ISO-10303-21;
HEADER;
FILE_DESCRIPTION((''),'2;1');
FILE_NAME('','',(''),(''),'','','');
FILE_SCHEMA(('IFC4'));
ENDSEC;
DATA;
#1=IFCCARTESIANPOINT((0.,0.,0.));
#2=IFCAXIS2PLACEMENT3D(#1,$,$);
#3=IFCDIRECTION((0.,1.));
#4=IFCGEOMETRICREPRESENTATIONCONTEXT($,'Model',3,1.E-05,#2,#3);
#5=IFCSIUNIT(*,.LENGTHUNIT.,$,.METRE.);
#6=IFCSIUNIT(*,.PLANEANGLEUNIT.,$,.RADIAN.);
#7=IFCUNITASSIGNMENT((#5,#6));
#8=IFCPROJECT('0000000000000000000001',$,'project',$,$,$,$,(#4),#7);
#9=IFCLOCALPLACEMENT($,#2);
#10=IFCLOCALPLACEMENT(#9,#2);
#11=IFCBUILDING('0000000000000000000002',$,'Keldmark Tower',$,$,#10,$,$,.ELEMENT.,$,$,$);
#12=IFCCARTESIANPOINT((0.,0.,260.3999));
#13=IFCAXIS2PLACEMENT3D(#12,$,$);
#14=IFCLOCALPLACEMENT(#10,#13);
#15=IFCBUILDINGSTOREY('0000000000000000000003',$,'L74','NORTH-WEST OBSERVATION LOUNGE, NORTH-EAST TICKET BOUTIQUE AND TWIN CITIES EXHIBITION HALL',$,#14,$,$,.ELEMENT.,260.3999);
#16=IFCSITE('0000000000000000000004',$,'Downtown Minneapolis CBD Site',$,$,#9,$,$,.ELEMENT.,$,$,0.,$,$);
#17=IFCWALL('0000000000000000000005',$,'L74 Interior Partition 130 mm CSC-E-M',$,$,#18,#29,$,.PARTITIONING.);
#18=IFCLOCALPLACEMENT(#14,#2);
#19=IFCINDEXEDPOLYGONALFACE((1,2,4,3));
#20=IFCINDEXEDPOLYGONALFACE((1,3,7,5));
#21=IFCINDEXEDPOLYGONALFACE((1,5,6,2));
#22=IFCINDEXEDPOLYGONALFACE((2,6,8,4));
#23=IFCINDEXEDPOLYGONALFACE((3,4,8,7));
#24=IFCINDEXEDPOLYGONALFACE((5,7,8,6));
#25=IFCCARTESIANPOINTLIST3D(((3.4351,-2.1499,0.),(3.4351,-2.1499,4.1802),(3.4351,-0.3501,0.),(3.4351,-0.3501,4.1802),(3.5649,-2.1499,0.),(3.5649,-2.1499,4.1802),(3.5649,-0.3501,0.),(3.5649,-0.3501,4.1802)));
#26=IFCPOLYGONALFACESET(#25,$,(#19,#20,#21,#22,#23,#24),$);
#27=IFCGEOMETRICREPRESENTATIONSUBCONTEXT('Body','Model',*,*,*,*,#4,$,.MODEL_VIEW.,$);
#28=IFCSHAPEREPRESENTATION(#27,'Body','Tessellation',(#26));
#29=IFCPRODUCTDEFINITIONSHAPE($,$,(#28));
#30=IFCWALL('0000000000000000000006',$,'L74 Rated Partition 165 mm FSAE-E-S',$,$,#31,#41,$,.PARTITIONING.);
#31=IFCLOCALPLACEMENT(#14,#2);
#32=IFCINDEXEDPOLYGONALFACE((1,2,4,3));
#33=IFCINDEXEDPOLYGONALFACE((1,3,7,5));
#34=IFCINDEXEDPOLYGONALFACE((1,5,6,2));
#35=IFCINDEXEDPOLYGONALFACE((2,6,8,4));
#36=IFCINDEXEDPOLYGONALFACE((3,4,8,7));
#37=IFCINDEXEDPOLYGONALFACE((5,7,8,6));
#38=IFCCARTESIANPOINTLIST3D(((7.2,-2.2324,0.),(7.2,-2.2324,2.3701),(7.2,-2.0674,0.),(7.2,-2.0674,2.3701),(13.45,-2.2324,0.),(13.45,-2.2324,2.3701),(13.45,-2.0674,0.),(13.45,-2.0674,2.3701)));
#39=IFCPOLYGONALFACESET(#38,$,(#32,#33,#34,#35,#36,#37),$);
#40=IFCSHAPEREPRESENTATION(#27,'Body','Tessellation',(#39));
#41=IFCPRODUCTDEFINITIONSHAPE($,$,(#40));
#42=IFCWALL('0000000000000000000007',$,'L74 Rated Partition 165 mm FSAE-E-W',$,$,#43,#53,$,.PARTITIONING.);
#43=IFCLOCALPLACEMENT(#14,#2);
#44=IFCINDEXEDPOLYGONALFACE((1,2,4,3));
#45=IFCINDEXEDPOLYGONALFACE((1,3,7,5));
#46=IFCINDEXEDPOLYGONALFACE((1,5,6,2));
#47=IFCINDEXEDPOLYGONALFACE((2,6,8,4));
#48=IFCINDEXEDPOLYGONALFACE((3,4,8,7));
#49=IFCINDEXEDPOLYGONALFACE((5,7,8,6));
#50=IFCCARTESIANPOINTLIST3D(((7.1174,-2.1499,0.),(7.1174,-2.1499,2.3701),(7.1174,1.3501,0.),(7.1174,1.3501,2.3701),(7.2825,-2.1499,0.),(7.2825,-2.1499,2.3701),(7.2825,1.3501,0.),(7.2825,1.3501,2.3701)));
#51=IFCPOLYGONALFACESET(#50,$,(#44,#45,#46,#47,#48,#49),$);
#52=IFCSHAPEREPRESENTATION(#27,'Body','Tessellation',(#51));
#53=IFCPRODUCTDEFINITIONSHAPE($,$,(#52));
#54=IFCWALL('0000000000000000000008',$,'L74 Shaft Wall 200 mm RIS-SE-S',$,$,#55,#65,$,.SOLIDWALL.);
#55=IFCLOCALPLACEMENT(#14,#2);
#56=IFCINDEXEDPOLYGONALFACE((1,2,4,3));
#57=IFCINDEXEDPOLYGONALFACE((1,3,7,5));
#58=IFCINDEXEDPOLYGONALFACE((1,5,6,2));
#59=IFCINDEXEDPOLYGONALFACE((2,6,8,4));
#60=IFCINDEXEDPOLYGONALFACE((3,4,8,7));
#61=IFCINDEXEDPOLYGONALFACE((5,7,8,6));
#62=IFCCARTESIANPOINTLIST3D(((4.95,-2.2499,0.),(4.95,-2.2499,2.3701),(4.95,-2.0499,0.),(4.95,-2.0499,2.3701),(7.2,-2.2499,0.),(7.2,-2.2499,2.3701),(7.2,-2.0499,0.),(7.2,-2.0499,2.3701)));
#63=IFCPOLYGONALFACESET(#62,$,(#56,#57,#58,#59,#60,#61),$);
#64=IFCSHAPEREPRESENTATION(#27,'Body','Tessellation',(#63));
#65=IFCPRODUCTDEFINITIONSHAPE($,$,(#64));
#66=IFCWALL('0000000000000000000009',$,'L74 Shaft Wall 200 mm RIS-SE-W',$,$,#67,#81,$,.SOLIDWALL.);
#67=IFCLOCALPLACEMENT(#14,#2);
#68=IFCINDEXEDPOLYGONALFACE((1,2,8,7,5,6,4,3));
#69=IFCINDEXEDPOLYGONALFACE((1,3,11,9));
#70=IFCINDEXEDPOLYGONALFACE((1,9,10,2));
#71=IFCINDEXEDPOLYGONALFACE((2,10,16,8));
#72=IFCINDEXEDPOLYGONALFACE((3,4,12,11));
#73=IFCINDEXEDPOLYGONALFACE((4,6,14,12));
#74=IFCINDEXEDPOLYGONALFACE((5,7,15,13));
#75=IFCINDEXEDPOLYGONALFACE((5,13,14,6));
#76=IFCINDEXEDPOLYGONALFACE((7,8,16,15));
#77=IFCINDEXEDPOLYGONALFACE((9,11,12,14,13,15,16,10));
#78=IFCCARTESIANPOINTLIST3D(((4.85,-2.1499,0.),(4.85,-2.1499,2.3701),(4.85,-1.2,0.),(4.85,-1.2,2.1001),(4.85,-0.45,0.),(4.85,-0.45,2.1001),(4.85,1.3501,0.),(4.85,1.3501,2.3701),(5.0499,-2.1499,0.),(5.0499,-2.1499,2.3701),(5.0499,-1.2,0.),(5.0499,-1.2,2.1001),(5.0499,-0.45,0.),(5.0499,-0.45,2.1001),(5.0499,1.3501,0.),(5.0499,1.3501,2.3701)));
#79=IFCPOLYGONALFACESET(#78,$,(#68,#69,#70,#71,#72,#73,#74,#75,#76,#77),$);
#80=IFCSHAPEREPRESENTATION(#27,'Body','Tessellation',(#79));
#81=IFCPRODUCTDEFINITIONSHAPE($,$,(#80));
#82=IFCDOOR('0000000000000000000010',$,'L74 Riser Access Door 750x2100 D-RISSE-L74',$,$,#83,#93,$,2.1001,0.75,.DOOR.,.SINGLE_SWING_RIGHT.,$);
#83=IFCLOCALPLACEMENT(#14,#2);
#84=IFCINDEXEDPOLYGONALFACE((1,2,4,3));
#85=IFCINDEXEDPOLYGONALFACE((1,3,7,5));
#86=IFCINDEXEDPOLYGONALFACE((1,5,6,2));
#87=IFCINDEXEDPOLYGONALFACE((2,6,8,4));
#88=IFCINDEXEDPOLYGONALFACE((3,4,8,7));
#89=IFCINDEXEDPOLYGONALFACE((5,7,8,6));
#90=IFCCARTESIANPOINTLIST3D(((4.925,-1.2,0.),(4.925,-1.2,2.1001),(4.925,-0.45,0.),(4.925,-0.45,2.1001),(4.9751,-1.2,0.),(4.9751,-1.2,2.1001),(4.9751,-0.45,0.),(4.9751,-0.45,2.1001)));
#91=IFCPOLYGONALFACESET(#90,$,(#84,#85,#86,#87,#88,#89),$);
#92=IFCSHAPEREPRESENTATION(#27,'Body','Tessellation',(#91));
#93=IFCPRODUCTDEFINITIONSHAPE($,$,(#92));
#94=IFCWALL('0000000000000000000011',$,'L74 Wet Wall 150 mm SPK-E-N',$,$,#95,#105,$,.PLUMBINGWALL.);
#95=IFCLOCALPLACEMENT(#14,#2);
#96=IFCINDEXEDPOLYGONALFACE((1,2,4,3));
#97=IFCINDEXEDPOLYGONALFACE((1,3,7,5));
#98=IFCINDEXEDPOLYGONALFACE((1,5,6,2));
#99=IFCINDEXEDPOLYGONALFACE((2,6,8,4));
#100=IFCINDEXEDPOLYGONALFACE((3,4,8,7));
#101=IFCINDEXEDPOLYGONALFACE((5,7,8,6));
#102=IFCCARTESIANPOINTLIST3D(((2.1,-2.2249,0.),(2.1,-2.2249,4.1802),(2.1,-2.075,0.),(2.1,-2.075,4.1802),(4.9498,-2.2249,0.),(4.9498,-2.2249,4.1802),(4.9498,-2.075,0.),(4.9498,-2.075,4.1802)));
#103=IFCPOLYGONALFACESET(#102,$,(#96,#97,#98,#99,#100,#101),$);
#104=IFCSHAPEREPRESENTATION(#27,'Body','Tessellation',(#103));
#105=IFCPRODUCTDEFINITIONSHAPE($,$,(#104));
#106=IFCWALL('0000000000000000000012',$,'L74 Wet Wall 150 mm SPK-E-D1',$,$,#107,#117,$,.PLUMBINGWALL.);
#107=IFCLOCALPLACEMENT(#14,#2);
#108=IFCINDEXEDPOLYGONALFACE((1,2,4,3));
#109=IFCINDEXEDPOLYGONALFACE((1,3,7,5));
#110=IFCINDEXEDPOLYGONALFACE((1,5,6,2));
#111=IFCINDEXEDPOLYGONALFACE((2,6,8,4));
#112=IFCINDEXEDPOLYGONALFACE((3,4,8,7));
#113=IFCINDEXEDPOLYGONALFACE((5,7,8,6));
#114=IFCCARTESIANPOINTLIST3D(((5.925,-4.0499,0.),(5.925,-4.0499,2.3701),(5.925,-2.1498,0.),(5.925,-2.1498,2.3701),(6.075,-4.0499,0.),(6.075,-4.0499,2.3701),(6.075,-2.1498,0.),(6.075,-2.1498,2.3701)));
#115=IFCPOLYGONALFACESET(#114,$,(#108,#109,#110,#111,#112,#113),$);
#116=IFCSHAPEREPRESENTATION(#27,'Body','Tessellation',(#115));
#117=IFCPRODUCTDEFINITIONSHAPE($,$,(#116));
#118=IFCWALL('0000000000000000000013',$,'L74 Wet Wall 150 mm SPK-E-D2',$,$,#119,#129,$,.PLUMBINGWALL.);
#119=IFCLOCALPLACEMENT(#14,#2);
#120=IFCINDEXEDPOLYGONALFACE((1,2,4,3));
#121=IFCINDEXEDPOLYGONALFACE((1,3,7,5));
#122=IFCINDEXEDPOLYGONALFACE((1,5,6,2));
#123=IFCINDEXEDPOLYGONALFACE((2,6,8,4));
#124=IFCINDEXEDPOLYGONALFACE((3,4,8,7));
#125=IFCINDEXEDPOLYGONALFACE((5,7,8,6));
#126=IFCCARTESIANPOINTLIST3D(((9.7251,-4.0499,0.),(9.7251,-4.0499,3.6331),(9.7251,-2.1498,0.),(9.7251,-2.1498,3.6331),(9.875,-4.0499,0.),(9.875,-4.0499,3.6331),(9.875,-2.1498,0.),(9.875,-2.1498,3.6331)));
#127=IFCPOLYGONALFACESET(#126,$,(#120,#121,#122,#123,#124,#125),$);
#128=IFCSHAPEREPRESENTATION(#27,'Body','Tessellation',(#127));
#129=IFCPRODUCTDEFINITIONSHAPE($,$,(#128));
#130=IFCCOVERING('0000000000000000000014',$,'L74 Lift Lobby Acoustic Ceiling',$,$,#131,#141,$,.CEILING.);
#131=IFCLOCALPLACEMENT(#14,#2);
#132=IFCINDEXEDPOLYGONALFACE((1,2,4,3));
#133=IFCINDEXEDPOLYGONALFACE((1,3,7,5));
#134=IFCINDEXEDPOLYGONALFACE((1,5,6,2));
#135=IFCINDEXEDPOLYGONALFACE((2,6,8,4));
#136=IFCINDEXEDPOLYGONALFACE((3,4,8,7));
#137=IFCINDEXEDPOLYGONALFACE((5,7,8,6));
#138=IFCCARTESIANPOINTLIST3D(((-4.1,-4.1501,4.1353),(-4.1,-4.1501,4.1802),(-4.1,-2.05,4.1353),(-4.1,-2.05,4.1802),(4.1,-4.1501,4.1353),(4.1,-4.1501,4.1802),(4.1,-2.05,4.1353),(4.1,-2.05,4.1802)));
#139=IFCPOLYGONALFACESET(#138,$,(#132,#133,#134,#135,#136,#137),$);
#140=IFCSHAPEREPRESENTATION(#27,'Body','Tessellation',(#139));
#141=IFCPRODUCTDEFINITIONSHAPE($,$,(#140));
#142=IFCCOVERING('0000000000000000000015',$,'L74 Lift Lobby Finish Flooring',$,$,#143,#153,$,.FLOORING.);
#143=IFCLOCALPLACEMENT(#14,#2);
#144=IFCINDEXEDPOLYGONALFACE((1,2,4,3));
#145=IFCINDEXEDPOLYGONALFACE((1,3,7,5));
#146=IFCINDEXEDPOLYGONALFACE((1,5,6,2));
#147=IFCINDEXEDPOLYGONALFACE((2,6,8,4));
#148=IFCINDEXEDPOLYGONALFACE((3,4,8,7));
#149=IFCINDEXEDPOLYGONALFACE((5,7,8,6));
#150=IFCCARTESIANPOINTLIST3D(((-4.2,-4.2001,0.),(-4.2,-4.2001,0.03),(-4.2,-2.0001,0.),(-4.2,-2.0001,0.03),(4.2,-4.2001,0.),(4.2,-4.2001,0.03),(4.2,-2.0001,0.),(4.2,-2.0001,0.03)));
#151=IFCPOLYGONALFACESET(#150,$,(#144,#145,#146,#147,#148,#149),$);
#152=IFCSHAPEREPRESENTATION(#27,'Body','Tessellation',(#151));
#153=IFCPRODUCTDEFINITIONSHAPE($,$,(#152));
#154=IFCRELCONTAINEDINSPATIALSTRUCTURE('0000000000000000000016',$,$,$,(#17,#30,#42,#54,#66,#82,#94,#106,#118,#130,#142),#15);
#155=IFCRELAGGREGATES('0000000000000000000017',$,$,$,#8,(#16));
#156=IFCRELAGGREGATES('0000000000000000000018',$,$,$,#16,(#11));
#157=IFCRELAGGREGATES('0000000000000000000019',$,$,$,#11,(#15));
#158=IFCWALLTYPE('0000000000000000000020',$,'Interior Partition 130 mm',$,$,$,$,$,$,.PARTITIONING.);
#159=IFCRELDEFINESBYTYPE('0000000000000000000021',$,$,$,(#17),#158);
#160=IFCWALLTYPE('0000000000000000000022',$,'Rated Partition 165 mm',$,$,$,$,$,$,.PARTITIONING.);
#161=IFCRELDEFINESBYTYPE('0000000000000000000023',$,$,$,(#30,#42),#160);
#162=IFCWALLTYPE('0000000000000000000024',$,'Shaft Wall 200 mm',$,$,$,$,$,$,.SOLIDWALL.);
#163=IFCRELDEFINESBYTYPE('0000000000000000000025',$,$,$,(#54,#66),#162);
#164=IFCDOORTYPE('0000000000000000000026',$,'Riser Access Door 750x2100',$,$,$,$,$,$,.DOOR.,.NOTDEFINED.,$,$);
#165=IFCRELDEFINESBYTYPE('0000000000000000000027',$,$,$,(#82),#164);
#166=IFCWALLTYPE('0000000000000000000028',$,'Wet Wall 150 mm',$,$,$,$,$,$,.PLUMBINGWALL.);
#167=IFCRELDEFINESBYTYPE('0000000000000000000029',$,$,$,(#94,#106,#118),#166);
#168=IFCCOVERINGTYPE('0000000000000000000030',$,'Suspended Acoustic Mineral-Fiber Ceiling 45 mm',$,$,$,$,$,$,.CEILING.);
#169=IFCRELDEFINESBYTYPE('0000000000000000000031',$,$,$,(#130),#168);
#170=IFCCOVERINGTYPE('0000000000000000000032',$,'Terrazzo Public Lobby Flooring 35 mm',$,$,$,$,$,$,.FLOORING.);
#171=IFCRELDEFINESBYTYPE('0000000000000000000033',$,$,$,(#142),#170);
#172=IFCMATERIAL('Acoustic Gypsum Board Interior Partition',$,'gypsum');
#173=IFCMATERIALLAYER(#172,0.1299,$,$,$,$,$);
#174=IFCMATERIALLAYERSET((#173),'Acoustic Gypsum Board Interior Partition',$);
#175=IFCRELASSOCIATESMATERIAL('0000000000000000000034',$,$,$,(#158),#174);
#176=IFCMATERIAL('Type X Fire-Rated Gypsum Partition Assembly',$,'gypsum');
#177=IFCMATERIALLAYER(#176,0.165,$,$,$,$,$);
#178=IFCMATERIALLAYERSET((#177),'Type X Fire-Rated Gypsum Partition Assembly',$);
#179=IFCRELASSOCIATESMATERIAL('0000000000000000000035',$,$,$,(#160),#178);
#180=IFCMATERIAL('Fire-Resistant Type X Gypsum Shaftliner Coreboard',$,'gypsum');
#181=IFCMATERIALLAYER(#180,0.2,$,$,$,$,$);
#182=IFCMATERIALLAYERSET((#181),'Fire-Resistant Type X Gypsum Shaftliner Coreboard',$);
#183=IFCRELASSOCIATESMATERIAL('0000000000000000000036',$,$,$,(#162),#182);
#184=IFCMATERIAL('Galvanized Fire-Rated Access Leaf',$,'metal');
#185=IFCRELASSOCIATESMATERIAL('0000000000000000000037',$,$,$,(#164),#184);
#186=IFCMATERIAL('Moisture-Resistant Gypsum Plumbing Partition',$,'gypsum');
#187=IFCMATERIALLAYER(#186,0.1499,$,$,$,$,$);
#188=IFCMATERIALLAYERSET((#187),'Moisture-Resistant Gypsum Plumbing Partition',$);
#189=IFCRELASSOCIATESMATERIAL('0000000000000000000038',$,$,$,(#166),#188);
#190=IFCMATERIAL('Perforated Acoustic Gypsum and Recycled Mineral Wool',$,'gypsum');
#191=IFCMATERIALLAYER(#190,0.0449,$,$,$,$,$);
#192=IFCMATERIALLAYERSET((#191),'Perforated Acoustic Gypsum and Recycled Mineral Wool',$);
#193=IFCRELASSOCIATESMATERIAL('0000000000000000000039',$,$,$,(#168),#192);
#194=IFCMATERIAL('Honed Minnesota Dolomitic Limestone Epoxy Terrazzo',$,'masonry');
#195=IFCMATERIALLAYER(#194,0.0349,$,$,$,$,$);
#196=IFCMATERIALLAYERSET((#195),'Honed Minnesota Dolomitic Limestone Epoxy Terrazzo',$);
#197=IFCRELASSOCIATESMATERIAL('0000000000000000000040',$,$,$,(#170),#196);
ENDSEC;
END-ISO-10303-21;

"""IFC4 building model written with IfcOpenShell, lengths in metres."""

from ifc_helpers import new_model, si_unit, direction, frame, frame_2d, origin, origin_2d, place, context, subcontext, project, spatial, rectangle, extrude, material, layer, layer_set, type_object, element, fill, save


model = new_model("IFC4")

# Units and contexts
model_context = context("Model", 3, precision=1e-05, world=origin(), true_north=direction((0.0, 1.0)))
body_context = subcontext(model_context, "Body", "Model", "MODEL_VIEW")
ifc_project = project(units=[si_unit("LENGTHUNIT", "METRE"), si_unit("PLANEANGLEUNIT", "RADIAN")], contexts=[model_context])

# Site, building, storey
site_placement = place(None, origin())
site = spatial("IfcSite", under=ifc_project, at=site_placement, Name="Downtown Minneapolis CBD Site", CompositionType="ELEMENT", RefElevation=0.0)
building_placement = place(site_placement, origin())
building = spatial("IfcBuilding", under=site, at=building_placement, Name="Keldmark Tower", CompositionType="ELEMENT")
storey_placement = place(building_placement, frame((0.0, 0.0, 260.3999)))
storey = spatial("IfcBuildingStorey", under=building, at=storey_placement, Name="L74", Description="NORTH-WEST OBSERVATION LOUNGE, NORTH-EAST TICKET BOUTIQUE AND TWIN CITIES EXHIBITION HALL", CompositionType="ELEMENT", Elevation=260.3999)

# Shared definitions
ifc_material_1 = material(Name="Acoustic Gypsum Board Interior Partition", Category="gypsum")
ifc_layer_1 = layer(ifc_material_1, 0.1299)
ifc_layer_set_1 = layer_set([ifc_layer_1], Name="Acoustic Gypsum Board Interior Partition")
wall_type_1 = type_object("IfcWallType", Name="Interior Partition 130 mm", PredefinedType="PARTITIONING", material=ifc_layer_set_1)

# Walls
for number, where, z_axis, x_axis, name in (
    (1, (3.5, -2.1499, 0.0), (0.0, 0.0, 1.0), (0.0, 1.0, 0.0), "L74 Interior Partition 130 mm CSC-E-M"),
):
    element("IfcWall", number, at=place(storey_placement, frame(where, z_axis=z_axis, x_axis=x_axis)), inside=storey, type_object=wall_type_1, Name=name, PredefinedType="PARTITIONING", context=body_context, shape_type="SweptSolid", body=[
        extrude(rectangle(XDim=1.7998, YDim=0.1299, at=frame_2d((0.8999, 0.0))), origin(), (0.0, 0.0, 1.0), 4.1802),
    ])
ifc_material_2 = material(Name="Type X Fire-Rated Gypsum Partition Assembly", Category="gypsum")
ifc_layer_2 = layer(ifc_material_2, 0.165)
ifc_layer_set_2 = layer_set([ifc_layer_2], Name="Type X Fire-Rated Gypsum Partition Assembly")
wall_type_2 = type_object("IfcWallType", Name="Rated Partition 165 mm", PredefinedType="PARTITIONING", material=ifc_layer_set_2)
wall_1_placement = place(storey_placement, frame((7.2, -2.1499, 0.0), z_axis=(0.0, 0.0, 1.0), x_axis=(1.0, 0.0, 0.0)))
element("IfcWall", 2, at=wall_1_placement, inside=storey, type_object=wall_type_2, Name="L74 Rated Partition 165 mm FSAE-E-S", PredefinedType="PARTITIONING", context=body_context, shape_type="SweptSolid", body=[
    extrude(rectangle(XDim=6.25, YDim=0.165, at=frame_2d((3.125, 0.0))), origin(), (0.0, 0.0, 1.0), 2.3701),
])
wall_2_placement = place(storey_placement, frame((7.2, -2.1499, 0.0), z_axis=(0.0, 0.0, 1.0), x_axis=(0.0, 1.0, 0.0)))
element("IfcWall", 3, at=wall_2_placement, inside=storey, type_object=wall_type_2, Name="L74 Rated Partition 165 mm FSAE-E-W", PredefinedType="PARTITIONING", context=body_context, shape_type="SweptSolid", body=[
    extrude(rectangle(XDim=3.5, YDim=0.165, at=frame_2d((1.75, 0.0))), origin(), (0.0, 0.0, 1.0), 2.3701),
])
ifc_material_3 = material(Name="Fire-Resistant Type X Gypsum Shaftliner Coreboard", Category="gypsum")
ifc_layer_3 = layer(ifc_material_3, 0.2)
ifc_layer_set_3 = layer_set([ifc_layer_3], Name="Fire-Resistant Type X Gypsum Shaftliner Coreboard")
wall_type_3 = type_object("IfcWallType", Name="Shaft Wall 200 mm", PredefinedType="SOLIDWALL", material=ifc_layer_set_3)
wall_3_placement = place(storey_placement, frame((4.95, -2.1499, 0.0), z_axis=(0.0, 0.0, 1.0), x_axis=(1.0, 0.0, 0.0)))
element("IfcWall", 4, at=wall_3_placement, inside=storey, type_object=wall_type_3, Name="L74 Shaft Wall 200 mm RIS-SE-S", PredefinedType="SOLIDWALL", context=body_context, shape_type="SweptSolid", body=[
    extrude(rectangle(XDim=2.25, YDim=0.2, at=frame_2d((1.125, 0.0))), origin(), (0.0, 0.0, 1.0), 2.3701),
])

# Wall, opening, door
wall_4_placement = place(storey_placement, frame((4.95, -2.1499, 0.0), z_axis=(0.0, 0.0, 1.0), x_axis=(0.0, 1.0, 0.0)))
wall_4 = element("IfcWall", 5, at=wall_4_placement, inside=storey, type_object=wall_type_3, Name="L74 Shaft Wall 200 mm RIS-SE-W", PredefinedType="SOLIDWALL", context=body_context, shape_type="SweptSolid", body=[
    extrude(rectangle(XDim=3.5, YDim=0.2, at=frame_2d((1.75, 0.0))), origin(), (0.0, 0.0, 1.0), 2.3701),
])
opening_1_placement = place(wall_4_placement, frame((0.95, 0.0, 0.0)))
opening_1 = element("IfcOpeningElement", 6, at=opening_1_placement, cuts=wall_4, PredefinedType="OPENING", context=body_context, shape_type="SweptSolid", body=[
    extrude(rectangle(XDim=0.75, YDim=2.1001, at=frame_2d((0.375, 1.05))), frame((0.0, 0.1099, 0.0), z_axis=(0.0, -1.0, 0.0), x_axis=(1.0, 0.0, 0.0)), (0.0, 0.0, 1.0), 0.22),
])
ifc_material_4 = material(Name="Galvanized Fire-Rated Access Leaf", Category="metal")
door_type_1 = type_object("IfcDoorType", Name="Riser Access Door 750x2100", OperationType="NOTDEFINED", PredefinedType="DOOR", material=ifc_material_4)
door_1_placement = place(opening_1_placement, origin())
door_1 = element("IfcDoor", 7, at=door_1_placement, inside=storey, type_object=door_type_1, Name="L74 Riser Access Door 750x2100 D-RISSE-L74", OperationType="SINGLE_SWING_RIGHT", OverallHeight=2.1001, OverallWidth=0.75, PredefinedType="DOOR", context=body_context, shape_type="SweptSolid", body=[
    extrude(rectangle(XDim=0.75, YDim=2.1001, at=frame_2d((0.375, 1.05))), frame((0.0, 0.0249, 0.0), z_axis=(0.0, -1.0, 0.0), x_axis=(1.0, 0.0, 0.0)), (0.0, 0.0, 1.0), 0.05),
])
fill(opening_1, door_1)

# Walls
ifc_material_5 = material(Name="Moisture-Resistant Gypsum Plumbing Partition", Category="gypsum")
ifc_layer_4 = layer(ifc_material_5, 0.1499)
ifc_layer_set_4 = layer_set([ifc_layer_4], Name="Moisture-Resistant Gypsum Plumbing Partition")
wall_type_4 = type_object("IfcWallType", Name="Wet Wall 150 mm", PredefinedType="PLUMBINGWALL", material=ifc_layer_set_4)
wall_5_placement = place(storey_placement, frame((2.1001, -2.1499, 0.0), z_axis=(0.0, 0.0, 1.0), x_axis=(1.0, 0.0, 0.0)))
element("IfcWall", 8, at=wall_5_placement, inside=storey, type_object=wall_type_4, Name="L74 Wet Wall 150 mm SPK-E-N", PredefinedType="PLUMBINGWALL", context=body_context, shape_type="SweptSolid", body=[
    extrude(rectangle(XDim=2.8499, YDim=0.1499, at=frame_2d((1.4248, 0.0))), origin(), (0.0, 0.0, 1.0), 4.1802),
])
wall_6_placement = place(storey_placement, frame((6.0, -4.05, 0.0), z_axis=(0.0, 0.0, 1.0), x_axis=(0.0, 1.0, 0.0)))
element("IfcWall", 9, at=wall_6_placement, inside=storey, type_object=wall_type_4, Name="L74 Wet Wall 150 mm SPK-E-D1", PredefinedType="PLUMBINGWALL", context=body_context, shape_type="SweptSolid", body=[
    extrude(rectangle(XDim=1.9001, YDim=0.1499, at=frame_2d((0.9502, 0.0))), origin(), (0.0, 0.0, 1.0), 2.3701),
])
wall_7_placement = place(storey_placement, frame((9.8, -4.05, 0.0), z_axis=(0.0, 0.0, 1.0), x_axis=(0.0, 1.0, 0.0)))
element("IfcWall", 10, at=wall_7_placement, inside=storey, type_object=wall_type_4, Name="L74 Wet Wall 150 mm SPK-E-D2", PredefinedType="PLUMBINGWALL", context=body_context, shape_type="SweptSolid", body=[
    extrude(rectangle(XDim=1.9001, YDim=0.1499, at=frame_2d((0.9502, 0.0))), origin(), (0.0, 0.0, 1.0), 3.6331),
])

# Coverings
ifc_material_6 = material(Name="Perforated Acoustic Gypsum and Recycled Mineral Wool", Category="gypsum")
ifc_layer_5 = layer(ifc_material_6, 0.0449)
ifc_layer_set_5 = layer_set([ifc_layer_5], Name="Perforated Acoustic Gypsum and Recycled Mineral Wool")
covering_type_1 = type_object("IfcCoveringType", Name="Suspended Acoustic Mineral-Fiber Ceiling 45 mm", PredefinedType="CEILING", material=ifc_layer_set_5)
covering_1_placement = place(storey_placement, frame((0.0, -3.1001, 4.1353), z_axis=(0.0, 0.0, 1.0), x_axis=(1.0, 0.0, 0.0)))
element("IfcCovering", 11, at=covering_1_placement, inside=storey, type_object=covering_type_1, Name="L74 Lift Lobby Acoustic Ceiling", PredefinedType="CEILING", context=body_context, shape_type="SweptSolid", body=[
    extrude(rectangle(XDim=8.2, YDim=2.1001, at=origin_2d()), origin(), (0.0, 0.0, 1.0), 0.0449),
])
ifc_material_7 = material(Name="Honed Minnesota Dolomitic Limestone Epoxy Terrazzo", Category="masonry")
ifc_layer_6 = layer(ifc_material_7, 0.0349)
ifc_layer_set_6 = layer_set([ifc_layer_6], Name="Honed Minnesota Dolomitic Limestone Epoxy Terrazzo")
covering_type_2 = type_object("IfcCoveringType", Name="Terrazzo Public Lobby Flooring 35 mm", PredefinedType="FLOORING", material=ifc_layer_set_6)
covering_2_placement = place(storey_placement, frame((0.0, -3.1001, 0.0), z_axis=(0.0, 0.0, 1.0), x_axis=(1.0, 0.0, 0.0)))
element("IfcCovering", 12, at=covering_2_placement, inside=storey, type_object=covering_type_2, Name="L74 Lift Lobby Finish Flooring", PredefinedType="FLOORING", context=body_context, shape_type="SweptSolid", body=[
    extrude(rectangle(XDim=8.3999, YDim=2.2, at=origin_2d()), origin(), (0.0, 0.0, 1.0), 0.03),
])

save(model, "model.ifc")
